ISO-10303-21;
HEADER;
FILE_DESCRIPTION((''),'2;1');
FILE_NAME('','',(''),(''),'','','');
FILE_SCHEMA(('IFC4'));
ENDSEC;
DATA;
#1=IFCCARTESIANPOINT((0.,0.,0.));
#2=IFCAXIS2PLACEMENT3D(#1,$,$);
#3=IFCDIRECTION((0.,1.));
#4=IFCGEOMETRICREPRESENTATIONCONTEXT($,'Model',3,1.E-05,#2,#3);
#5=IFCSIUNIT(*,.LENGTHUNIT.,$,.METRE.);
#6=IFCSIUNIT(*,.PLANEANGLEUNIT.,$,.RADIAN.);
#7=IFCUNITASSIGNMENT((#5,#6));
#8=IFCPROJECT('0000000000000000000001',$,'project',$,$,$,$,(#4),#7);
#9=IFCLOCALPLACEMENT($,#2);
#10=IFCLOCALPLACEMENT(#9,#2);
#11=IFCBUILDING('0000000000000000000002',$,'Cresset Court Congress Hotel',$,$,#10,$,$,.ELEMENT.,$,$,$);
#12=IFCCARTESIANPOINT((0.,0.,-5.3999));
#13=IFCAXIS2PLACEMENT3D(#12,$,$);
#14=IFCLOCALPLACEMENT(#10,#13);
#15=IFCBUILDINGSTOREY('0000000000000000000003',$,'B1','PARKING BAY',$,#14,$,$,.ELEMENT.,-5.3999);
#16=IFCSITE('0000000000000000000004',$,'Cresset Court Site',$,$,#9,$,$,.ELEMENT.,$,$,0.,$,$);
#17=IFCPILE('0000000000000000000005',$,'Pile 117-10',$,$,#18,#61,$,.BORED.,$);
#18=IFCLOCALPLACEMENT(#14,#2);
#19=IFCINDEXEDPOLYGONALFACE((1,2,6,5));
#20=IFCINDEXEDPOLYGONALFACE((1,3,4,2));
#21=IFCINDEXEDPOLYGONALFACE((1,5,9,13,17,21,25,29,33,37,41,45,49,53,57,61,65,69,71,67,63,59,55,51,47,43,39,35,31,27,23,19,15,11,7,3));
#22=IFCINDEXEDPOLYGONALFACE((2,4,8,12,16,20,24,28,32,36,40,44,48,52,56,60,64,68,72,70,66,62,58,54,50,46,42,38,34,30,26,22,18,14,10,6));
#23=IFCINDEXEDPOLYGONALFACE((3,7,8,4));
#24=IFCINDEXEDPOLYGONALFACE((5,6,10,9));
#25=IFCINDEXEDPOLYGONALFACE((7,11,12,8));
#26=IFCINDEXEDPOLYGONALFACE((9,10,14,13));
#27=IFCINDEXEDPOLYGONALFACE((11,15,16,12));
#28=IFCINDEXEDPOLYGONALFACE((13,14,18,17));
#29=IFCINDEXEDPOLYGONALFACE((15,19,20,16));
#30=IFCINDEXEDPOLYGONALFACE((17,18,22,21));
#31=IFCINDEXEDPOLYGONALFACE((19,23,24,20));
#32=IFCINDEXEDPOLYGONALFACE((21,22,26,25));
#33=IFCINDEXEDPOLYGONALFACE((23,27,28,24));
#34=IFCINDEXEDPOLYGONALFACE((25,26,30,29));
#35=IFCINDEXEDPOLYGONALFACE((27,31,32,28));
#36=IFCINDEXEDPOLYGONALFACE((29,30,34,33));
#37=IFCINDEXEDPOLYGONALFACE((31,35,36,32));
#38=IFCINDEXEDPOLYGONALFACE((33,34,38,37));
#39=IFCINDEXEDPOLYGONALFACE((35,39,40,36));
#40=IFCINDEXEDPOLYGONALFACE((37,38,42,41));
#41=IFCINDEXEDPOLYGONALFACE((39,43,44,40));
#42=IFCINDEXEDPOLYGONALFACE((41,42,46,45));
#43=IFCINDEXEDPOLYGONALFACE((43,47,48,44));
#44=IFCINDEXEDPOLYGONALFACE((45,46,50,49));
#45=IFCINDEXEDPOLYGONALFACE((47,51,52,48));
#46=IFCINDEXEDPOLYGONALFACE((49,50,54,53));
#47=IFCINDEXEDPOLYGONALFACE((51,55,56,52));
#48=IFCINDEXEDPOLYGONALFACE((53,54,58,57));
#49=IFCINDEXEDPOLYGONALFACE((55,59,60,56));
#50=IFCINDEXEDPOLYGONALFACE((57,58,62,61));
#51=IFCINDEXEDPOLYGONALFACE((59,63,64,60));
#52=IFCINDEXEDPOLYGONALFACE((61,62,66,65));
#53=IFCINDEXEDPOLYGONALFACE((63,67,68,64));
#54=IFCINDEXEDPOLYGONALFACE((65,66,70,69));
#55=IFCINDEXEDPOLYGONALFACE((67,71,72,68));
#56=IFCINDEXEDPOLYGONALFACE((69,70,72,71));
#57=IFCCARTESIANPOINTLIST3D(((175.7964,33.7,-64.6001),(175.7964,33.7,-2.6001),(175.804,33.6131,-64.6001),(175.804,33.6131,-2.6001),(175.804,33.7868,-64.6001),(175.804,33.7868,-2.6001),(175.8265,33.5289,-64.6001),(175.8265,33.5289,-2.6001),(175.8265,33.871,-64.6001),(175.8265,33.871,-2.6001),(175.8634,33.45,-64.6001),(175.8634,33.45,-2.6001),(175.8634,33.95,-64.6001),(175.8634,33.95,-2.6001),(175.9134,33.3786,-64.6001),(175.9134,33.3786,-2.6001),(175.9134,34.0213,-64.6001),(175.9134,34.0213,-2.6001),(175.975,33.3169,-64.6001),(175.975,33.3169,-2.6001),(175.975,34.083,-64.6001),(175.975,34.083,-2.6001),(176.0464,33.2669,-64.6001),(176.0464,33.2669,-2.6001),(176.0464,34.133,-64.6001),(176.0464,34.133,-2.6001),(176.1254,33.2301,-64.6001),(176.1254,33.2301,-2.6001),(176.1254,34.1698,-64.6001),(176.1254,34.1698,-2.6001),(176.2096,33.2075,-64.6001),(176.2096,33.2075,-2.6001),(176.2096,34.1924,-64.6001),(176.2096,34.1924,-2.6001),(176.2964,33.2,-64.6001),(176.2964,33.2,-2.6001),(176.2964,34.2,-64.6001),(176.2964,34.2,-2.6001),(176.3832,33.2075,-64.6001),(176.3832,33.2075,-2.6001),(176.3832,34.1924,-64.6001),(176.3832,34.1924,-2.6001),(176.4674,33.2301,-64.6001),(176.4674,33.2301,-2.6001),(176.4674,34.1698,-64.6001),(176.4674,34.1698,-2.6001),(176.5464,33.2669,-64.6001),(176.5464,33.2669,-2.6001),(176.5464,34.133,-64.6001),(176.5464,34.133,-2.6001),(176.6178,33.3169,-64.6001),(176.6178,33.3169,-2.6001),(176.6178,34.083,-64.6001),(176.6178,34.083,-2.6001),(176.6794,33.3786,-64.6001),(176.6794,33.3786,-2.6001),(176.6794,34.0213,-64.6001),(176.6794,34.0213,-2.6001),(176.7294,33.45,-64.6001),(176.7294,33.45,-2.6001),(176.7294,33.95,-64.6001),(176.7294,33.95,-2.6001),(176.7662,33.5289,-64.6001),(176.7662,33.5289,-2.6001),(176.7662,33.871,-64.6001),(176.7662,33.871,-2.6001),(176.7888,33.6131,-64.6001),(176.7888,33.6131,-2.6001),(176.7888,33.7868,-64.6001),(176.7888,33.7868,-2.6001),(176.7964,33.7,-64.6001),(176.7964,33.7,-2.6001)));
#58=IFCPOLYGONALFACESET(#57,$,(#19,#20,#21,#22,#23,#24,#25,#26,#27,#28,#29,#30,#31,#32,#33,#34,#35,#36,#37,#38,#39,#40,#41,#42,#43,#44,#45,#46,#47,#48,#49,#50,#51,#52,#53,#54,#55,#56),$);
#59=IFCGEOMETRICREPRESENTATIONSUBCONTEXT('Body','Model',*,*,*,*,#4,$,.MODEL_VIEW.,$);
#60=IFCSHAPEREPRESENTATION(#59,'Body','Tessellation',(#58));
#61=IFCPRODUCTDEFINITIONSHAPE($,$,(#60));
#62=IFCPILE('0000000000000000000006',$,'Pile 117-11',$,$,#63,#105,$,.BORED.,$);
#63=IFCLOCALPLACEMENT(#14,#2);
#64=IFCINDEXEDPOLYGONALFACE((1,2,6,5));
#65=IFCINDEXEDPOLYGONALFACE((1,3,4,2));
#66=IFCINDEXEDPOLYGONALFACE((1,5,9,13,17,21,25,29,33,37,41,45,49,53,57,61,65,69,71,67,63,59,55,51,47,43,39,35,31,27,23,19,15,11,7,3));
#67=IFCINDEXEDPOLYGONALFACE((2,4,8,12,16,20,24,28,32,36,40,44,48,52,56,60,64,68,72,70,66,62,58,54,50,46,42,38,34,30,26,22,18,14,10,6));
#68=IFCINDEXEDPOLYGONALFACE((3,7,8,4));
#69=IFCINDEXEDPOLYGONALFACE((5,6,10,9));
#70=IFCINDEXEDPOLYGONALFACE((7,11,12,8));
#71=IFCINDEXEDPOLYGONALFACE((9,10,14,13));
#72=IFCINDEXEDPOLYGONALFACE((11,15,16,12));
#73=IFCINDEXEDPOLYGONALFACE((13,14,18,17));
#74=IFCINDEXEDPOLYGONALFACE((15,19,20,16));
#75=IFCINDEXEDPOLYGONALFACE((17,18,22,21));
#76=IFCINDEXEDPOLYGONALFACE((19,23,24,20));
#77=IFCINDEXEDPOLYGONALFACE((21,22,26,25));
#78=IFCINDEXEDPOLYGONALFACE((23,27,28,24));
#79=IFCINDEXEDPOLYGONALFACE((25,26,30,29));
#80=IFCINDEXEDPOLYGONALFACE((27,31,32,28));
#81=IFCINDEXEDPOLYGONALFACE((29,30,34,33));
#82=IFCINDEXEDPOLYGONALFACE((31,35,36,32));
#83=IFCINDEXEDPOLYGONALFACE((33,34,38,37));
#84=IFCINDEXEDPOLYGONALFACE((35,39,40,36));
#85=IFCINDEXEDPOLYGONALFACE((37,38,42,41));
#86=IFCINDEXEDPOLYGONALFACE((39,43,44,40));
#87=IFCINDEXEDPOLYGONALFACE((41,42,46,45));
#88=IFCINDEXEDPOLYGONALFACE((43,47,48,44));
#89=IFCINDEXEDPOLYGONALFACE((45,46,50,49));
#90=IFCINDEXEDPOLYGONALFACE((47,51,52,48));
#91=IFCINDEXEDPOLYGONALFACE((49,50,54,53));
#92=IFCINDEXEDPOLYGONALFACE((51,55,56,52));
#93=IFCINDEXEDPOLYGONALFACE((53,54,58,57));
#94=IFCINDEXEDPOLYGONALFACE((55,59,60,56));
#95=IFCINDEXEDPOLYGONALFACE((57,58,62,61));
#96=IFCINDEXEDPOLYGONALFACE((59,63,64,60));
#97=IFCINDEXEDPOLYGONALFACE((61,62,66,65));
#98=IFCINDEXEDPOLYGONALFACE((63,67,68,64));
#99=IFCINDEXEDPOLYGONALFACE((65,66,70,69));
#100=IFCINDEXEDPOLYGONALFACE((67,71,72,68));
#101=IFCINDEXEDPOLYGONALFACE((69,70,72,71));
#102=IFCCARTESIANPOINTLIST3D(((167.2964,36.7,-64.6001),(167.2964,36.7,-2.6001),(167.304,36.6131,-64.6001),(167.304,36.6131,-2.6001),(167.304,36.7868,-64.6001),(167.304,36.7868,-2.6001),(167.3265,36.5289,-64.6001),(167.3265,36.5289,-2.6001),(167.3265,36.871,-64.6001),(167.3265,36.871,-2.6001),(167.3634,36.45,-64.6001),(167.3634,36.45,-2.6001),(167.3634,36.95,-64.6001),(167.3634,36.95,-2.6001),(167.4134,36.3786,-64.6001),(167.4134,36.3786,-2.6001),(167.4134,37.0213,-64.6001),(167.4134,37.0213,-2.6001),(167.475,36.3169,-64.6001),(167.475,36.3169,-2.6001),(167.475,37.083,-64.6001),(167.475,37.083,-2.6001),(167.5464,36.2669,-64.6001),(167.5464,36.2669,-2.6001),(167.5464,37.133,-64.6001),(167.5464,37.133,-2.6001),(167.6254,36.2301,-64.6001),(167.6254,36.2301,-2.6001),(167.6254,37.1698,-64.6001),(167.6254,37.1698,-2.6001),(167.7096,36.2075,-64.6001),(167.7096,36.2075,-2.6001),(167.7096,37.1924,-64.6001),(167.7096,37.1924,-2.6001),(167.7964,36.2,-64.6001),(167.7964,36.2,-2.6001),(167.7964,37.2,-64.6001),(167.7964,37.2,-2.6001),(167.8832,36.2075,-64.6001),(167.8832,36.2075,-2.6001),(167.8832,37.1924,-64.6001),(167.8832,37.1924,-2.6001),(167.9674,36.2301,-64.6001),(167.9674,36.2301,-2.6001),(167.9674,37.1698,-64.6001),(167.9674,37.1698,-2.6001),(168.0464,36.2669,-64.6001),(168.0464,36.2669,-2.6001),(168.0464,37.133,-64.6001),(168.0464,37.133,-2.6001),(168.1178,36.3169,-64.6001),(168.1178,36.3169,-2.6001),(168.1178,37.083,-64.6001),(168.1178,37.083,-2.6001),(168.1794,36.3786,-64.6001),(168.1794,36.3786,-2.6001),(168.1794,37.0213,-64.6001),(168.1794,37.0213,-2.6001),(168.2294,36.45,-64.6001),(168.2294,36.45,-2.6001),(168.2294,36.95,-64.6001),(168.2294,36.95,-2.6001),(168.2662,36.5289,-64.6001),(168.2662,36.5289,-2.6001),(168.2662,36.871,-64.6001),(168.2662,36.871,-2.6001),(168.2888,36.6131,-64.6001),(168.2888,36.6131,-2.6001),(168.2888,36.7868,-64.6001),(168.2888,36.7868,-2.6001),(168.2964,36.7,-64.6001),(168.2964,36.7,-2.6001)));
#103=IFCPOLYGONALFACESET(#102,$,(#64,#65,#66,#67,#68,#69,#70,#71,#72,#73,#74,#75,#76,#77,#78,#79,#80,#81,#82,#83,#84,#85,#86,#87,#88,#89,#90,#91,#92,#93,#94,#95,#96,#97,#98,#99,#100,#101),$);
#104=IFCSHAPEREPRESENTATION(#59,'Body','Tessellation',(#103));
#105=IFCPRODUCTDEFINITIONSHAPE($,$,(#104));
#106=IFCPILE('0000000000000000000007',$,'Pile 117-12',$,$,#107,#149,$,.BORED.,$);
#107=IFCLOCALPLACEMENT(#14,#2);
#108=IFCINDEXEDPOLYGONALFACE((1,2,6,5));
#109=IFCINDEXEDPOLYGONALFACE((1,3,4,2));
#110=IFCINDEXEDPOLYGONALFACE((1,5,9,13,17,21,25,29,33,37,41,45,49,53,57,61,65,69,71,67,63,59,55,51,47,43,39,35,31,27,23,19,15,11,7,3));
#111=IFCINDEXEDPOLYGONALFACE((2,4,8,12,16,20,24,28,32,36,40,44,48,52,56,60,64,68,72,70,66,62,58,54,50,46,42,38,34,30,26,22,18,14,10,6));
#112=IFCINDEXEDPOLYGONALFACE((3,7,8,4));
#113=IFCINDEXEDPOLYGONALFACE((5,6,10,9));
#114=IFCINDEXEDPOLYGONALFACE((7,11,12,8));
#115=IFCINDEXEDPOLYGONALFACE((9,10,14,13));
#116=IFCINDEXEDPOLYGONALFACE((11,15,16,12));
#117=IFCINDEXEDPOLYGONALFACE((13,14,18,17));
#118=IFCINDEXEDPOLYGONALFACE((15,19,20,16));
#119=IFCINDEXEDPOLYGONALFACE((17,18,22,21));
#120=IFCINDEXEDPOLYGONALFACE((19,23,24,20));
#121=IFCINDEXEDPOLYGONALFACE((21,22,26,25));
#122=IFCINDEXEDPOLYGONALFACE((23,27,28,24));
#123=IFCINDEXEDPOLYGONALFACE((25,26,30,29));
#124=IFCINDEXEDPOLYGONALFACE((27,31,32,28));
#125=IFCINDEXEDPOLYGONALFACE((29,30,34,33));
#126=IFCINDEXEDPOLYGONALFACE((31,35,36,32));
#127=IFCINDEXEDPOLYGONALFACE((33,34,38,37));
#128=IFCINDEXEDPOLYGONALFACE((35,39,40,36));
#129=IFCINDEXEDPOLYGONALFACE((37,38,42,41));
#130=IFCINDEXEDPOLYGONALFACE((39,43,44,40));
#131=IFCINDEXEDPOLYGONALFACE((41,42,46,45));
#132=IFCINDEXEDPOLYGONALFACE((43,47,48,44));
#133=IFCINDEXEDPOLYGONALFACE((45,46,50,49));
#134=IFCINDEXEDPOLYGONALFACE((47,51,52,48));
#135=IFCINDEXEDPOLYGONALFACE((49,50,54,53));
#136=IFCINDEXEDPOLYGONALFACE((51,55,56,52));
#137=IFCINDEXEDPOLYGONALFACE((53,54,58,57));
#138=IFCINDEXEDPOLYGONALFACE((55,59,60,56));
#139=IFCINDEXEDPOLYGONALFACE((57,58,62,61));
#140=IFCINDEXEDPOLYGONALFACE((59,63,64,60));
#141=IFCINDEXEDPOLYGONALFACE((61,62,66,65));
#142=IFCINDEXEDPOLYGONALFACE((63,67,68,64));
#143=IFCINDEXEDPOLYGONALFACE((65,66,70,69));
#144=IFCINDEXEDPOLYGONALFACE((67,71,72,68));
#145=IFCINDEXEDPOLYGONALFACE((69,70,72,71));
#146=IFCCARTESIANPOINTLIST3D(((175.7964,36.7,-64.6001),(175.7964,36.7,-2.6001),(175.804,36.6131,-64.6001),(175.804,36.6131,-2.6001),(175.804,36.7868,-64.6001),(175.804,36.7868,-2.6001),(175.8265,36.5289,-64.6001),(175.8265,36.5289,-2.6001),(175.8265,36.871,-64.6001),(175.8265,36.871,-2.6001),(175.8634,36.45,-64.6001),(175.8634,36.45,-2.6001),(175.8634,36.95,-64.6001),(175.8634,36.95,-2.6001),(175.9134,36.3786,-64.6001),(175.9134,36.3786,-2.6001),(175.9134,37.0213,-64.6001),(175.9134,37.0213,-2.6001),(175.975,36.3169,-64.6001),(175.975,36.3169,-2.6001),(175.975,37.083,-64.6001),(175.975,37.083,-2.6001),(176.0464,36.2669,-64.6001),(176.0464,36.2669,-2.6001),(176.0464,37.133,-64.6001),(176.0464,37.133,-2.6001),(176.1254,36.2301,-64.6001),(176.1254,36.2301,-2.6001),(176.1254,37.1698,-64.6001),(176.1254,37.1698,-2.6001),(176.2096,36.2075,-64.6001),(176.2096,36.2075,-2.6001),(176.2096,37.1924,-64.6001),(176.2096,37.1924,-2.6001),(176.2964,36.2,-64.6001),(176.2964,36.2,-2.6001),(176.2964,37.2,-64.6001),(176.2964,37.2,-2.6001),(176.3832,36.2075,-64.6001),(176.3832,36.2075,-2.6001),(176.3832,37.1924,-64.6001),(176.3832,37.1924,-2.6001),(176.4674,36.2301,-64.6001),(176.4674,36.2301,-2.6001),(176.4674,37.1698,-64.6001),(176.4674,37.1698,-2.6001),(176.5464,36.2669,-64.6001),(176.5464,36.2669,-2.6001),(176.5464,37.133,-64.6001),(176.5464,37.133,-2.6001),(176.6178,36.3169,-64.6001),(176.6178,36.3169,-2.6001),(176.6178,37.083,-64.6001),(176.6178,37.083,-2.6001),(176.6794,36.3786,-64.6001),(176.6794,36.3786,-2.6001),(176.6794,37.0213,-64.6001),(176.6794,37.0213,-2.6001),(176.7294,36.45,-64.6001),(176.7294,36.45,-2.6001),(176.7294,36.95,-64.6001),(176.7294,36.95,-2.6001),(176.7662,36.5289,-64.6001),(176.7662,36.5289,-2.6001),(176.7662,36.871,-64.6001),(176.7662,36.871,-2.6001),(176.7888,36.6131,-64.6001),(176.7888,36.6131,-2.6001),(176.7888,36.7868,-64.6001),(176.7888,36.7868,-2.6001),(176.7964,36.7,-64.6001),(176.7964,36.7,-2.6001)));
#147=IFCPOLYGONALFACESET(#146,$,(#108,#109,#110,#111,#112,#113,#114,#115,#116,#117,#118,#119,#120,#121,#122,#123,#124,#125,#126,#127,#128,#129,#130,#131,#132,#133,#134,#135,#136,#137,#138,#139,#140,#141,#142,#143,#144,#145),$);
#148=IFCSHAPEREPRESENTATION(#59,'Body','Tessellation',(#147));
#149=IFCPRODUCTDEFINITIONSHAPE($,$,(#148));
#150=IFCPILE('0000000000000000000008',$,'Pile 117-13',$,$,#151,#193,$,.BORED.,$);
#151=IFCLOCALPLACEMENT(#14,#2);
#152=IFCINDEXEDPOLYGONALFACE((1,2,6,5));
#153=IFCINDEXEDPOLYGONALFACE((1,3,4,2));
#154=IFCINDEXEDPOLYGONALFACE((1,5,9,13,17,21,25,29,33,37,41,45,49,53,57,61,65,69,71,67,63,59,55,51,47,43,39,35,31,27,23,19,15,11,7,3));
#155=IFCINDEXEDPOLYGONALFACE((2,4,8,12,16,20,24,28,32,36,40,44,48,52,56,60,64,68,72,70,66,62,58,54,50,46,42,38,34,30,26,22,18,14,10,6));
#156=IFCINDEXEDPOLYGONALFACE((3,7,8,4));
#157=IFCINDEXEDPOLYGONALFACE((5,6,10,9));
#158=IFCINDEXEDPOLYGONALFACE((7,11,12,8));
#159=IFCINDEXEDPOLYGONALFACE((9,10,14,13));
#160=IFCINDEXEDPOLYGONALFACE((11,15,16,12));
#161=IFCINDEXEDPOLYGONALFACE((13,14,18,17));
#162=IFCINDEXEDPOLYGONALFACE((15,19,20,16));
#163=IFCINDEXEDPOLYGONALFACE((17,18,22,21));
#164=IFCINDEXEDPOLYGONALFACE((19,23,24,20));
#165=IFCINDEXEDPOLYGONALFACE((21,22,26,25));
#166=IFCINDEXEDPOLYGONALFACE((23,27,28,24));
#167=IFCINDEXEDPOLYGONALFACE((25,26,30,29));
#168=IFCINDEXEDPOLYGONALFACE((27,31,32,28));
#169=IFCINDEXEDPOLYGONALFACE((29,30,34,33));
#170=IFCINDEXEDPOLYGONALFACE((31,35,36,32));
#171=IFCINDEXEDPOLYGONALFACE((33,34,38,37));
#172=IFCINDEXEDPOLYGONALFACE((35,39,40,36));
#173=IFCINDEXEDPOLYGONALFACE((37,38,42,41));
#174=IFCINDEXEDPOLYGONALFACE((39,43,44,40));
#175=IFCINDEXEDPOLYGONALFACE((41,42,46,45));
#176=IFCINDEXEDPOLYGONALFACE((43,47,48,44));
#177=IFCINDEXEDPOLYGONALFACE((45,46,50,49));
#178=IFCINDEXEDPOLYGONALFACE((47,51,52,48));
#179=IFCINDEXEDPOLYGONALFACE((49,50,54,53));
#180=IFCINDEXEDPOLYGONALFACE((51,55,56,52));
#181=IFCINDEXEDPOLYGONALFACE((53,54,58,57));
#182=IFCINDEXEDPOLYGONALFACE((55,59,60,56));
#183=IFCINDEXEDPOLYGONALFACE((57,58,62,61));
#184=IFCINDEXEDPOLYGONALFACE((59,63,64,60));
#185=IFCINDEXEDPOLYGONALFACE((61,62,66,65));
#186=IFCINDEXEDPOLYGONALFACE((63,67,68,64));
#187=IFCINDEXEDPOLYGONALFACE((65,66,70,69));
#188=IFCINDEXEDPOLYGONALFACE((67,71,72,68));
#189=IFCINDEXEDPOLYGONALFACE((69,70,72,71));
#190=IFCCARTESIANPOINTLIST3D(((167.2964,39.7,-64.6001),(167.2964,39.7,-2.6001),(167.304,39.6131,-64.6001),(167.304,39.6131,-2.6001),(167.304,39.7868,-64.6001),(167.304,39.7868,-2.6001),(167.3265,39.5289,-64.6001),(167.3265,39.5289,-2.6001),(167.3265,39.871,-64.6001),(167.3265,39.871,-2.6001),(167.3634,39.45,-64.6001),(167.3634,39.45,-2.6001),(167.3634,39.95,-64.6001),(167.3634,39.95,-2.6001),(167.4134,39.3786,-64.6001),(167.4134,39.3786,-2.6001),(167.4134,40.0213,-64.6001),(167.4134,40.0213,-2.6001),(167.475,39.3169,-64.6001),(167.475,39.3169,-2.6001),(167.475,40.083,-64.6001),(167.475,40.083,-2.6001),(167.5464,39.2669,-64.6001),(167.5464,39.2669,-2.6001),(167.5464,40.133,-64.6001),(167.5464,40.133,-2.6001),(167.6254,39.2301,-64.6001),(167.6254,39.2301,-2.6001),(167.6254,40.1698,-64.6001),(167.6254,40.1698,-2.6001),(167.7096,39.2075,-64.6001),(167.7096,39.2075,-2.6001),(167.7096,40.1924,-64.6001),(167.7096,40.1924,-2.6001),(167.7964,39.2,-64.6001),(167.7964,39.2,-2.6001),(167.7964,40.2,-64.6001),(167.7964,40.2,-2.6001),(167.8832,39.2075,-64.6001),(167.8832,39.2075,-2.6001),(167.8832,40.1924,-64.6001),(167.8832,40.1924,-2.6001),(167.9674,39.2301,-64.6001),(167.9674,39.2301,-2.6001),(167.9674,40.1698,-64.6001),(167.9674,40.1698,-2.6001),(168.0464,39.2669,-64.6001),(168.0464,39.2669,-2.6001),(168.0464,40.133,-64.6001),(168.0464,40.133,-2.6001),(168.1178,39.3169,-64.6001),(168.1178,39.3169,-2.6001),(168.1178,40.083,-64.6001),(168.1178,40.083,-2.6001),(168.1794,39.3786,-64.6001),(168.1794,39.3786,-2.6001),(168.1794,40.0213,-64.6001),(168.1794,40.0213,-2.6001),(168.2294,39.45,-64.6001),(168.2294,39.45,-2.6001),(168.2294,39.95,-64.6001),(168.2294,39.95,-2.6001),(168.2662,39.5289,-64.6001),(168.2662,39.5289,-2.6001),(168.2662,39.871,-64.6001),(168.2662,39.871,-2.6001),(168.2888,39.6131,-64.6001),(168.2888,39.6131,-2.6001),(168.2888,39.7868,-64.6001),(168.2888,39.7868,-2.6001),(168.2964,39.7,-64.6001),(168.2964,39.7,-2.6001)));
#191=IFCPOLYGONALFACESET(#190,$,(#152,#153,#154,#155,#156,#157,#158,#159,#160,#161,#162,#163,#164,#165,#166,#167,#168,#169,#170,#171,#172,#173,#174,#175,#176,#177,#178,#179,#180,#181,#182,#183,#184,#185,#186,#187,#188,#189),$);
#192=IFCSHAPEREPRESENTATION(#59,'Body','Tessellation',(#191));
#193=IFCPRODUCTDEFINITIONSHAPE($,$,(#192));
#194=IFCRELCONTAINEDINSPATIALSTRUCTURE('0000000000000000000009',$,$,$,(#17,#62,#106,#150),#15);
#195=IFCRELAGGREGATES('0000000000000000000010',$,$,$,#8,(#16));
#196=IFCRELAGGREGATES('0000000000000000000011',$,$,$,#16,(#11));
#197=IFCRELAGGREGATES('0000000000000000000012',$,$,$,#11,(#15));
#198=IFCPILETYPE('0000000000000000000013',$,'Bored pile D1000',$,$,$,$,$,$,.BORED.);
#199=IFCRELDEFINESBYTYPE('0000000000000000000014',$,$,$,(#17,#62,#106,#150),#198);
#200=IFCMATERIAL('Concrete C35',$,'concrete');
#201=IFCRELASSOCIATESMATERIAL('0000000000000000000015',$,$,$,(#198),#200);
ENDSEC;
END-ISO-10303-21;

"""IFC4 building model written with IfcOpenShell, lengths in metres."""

from ifc_helpers import new_model, si_unit, direction, frame, origin, origin_2d, place, context, subcontext, project, spatial, circle, extrude, material, type_object, element, save


model = new_model("IFC4")

# Units and contexts
model_context = context("Model", 3, precision=1e-05, world=origin(), true_north=direction((0.0, 1.0)))
body_context = subcontext(model_context, "Body", "Model", "MODEL_VIEW")
ifc_project = project(units=[si_unit("LENGTHUNIT", "METRE"), si_unit("PLANEANGLEUNIT", "RADIAN")], contexts=[model_context])

# Site, building, storey
site_placement = place(None, origin())
site = spatial("IfcSite", under=ifc_project, at=site_placement, Name="Cresset Court Site", CompositionType="ELEMENT", RefElevation=0.0)
building_placement = place(site_placement, origin())
building = spatial("IfcBuilding", under=site, at=building_placement, Name="Cresset Court Congress Hotel", CompositionType="ELEMENT")
storey_placement = place(building_placement, frame((0.0, 0.0, -5.3999)))
storey = spatial("IfcBuildingStorey", under=building, at=storey_placement, Name="B1", Description="PARKING BAY", CompositionType="ELEMENT", Elevation=-5.3999)

# Piles
ifc_material_1 = material(Name="Concrete C35", Category="concrete")
pile_type = type_object("IfcPileType", Name="Bored pile D1000", PredefinedType="BORED", material=ifc_material_1)
for number, where, z_axis, x_axis, name in (
    (1, (176.2964, 33.7, -2.6001), (0.0, 0.0, -1.0), (1.0, 0.0, 0.0), "Pile 117-10"),
    (2, (167.7964, 36.7, -2.6001), (0.0, 0.0, -1.0), (1.0, 0.0, 0.0), "Pile 117-11"),
    (3, (176.2964, 36.7, -2.6001), (0.0, 0.0, -1.0), (1.0, 0.0, 0.0), "Pile 117-12"),
    (4, (167.7964, 39.7, -2.6001), (0.0, 0.0, -1.0), (1.0, 0.0, 0.0), "Pile 117-13"),
):
    element("IfcPile", number, at=place(storey_placement, frame(where, z_axis=z_axis, x_axis=x_axis)), inside=storey, type_object=pile_type, Name=name, PredefinedType="BORED", context=body_context, shape_type="SweptSolid", body=[
        extrude(circle(Radius=0.5, at=origin_2d()), origin(), (0.0, 0.0, 1.0), 62.0),
    ])

save(model, "model.ifc")
